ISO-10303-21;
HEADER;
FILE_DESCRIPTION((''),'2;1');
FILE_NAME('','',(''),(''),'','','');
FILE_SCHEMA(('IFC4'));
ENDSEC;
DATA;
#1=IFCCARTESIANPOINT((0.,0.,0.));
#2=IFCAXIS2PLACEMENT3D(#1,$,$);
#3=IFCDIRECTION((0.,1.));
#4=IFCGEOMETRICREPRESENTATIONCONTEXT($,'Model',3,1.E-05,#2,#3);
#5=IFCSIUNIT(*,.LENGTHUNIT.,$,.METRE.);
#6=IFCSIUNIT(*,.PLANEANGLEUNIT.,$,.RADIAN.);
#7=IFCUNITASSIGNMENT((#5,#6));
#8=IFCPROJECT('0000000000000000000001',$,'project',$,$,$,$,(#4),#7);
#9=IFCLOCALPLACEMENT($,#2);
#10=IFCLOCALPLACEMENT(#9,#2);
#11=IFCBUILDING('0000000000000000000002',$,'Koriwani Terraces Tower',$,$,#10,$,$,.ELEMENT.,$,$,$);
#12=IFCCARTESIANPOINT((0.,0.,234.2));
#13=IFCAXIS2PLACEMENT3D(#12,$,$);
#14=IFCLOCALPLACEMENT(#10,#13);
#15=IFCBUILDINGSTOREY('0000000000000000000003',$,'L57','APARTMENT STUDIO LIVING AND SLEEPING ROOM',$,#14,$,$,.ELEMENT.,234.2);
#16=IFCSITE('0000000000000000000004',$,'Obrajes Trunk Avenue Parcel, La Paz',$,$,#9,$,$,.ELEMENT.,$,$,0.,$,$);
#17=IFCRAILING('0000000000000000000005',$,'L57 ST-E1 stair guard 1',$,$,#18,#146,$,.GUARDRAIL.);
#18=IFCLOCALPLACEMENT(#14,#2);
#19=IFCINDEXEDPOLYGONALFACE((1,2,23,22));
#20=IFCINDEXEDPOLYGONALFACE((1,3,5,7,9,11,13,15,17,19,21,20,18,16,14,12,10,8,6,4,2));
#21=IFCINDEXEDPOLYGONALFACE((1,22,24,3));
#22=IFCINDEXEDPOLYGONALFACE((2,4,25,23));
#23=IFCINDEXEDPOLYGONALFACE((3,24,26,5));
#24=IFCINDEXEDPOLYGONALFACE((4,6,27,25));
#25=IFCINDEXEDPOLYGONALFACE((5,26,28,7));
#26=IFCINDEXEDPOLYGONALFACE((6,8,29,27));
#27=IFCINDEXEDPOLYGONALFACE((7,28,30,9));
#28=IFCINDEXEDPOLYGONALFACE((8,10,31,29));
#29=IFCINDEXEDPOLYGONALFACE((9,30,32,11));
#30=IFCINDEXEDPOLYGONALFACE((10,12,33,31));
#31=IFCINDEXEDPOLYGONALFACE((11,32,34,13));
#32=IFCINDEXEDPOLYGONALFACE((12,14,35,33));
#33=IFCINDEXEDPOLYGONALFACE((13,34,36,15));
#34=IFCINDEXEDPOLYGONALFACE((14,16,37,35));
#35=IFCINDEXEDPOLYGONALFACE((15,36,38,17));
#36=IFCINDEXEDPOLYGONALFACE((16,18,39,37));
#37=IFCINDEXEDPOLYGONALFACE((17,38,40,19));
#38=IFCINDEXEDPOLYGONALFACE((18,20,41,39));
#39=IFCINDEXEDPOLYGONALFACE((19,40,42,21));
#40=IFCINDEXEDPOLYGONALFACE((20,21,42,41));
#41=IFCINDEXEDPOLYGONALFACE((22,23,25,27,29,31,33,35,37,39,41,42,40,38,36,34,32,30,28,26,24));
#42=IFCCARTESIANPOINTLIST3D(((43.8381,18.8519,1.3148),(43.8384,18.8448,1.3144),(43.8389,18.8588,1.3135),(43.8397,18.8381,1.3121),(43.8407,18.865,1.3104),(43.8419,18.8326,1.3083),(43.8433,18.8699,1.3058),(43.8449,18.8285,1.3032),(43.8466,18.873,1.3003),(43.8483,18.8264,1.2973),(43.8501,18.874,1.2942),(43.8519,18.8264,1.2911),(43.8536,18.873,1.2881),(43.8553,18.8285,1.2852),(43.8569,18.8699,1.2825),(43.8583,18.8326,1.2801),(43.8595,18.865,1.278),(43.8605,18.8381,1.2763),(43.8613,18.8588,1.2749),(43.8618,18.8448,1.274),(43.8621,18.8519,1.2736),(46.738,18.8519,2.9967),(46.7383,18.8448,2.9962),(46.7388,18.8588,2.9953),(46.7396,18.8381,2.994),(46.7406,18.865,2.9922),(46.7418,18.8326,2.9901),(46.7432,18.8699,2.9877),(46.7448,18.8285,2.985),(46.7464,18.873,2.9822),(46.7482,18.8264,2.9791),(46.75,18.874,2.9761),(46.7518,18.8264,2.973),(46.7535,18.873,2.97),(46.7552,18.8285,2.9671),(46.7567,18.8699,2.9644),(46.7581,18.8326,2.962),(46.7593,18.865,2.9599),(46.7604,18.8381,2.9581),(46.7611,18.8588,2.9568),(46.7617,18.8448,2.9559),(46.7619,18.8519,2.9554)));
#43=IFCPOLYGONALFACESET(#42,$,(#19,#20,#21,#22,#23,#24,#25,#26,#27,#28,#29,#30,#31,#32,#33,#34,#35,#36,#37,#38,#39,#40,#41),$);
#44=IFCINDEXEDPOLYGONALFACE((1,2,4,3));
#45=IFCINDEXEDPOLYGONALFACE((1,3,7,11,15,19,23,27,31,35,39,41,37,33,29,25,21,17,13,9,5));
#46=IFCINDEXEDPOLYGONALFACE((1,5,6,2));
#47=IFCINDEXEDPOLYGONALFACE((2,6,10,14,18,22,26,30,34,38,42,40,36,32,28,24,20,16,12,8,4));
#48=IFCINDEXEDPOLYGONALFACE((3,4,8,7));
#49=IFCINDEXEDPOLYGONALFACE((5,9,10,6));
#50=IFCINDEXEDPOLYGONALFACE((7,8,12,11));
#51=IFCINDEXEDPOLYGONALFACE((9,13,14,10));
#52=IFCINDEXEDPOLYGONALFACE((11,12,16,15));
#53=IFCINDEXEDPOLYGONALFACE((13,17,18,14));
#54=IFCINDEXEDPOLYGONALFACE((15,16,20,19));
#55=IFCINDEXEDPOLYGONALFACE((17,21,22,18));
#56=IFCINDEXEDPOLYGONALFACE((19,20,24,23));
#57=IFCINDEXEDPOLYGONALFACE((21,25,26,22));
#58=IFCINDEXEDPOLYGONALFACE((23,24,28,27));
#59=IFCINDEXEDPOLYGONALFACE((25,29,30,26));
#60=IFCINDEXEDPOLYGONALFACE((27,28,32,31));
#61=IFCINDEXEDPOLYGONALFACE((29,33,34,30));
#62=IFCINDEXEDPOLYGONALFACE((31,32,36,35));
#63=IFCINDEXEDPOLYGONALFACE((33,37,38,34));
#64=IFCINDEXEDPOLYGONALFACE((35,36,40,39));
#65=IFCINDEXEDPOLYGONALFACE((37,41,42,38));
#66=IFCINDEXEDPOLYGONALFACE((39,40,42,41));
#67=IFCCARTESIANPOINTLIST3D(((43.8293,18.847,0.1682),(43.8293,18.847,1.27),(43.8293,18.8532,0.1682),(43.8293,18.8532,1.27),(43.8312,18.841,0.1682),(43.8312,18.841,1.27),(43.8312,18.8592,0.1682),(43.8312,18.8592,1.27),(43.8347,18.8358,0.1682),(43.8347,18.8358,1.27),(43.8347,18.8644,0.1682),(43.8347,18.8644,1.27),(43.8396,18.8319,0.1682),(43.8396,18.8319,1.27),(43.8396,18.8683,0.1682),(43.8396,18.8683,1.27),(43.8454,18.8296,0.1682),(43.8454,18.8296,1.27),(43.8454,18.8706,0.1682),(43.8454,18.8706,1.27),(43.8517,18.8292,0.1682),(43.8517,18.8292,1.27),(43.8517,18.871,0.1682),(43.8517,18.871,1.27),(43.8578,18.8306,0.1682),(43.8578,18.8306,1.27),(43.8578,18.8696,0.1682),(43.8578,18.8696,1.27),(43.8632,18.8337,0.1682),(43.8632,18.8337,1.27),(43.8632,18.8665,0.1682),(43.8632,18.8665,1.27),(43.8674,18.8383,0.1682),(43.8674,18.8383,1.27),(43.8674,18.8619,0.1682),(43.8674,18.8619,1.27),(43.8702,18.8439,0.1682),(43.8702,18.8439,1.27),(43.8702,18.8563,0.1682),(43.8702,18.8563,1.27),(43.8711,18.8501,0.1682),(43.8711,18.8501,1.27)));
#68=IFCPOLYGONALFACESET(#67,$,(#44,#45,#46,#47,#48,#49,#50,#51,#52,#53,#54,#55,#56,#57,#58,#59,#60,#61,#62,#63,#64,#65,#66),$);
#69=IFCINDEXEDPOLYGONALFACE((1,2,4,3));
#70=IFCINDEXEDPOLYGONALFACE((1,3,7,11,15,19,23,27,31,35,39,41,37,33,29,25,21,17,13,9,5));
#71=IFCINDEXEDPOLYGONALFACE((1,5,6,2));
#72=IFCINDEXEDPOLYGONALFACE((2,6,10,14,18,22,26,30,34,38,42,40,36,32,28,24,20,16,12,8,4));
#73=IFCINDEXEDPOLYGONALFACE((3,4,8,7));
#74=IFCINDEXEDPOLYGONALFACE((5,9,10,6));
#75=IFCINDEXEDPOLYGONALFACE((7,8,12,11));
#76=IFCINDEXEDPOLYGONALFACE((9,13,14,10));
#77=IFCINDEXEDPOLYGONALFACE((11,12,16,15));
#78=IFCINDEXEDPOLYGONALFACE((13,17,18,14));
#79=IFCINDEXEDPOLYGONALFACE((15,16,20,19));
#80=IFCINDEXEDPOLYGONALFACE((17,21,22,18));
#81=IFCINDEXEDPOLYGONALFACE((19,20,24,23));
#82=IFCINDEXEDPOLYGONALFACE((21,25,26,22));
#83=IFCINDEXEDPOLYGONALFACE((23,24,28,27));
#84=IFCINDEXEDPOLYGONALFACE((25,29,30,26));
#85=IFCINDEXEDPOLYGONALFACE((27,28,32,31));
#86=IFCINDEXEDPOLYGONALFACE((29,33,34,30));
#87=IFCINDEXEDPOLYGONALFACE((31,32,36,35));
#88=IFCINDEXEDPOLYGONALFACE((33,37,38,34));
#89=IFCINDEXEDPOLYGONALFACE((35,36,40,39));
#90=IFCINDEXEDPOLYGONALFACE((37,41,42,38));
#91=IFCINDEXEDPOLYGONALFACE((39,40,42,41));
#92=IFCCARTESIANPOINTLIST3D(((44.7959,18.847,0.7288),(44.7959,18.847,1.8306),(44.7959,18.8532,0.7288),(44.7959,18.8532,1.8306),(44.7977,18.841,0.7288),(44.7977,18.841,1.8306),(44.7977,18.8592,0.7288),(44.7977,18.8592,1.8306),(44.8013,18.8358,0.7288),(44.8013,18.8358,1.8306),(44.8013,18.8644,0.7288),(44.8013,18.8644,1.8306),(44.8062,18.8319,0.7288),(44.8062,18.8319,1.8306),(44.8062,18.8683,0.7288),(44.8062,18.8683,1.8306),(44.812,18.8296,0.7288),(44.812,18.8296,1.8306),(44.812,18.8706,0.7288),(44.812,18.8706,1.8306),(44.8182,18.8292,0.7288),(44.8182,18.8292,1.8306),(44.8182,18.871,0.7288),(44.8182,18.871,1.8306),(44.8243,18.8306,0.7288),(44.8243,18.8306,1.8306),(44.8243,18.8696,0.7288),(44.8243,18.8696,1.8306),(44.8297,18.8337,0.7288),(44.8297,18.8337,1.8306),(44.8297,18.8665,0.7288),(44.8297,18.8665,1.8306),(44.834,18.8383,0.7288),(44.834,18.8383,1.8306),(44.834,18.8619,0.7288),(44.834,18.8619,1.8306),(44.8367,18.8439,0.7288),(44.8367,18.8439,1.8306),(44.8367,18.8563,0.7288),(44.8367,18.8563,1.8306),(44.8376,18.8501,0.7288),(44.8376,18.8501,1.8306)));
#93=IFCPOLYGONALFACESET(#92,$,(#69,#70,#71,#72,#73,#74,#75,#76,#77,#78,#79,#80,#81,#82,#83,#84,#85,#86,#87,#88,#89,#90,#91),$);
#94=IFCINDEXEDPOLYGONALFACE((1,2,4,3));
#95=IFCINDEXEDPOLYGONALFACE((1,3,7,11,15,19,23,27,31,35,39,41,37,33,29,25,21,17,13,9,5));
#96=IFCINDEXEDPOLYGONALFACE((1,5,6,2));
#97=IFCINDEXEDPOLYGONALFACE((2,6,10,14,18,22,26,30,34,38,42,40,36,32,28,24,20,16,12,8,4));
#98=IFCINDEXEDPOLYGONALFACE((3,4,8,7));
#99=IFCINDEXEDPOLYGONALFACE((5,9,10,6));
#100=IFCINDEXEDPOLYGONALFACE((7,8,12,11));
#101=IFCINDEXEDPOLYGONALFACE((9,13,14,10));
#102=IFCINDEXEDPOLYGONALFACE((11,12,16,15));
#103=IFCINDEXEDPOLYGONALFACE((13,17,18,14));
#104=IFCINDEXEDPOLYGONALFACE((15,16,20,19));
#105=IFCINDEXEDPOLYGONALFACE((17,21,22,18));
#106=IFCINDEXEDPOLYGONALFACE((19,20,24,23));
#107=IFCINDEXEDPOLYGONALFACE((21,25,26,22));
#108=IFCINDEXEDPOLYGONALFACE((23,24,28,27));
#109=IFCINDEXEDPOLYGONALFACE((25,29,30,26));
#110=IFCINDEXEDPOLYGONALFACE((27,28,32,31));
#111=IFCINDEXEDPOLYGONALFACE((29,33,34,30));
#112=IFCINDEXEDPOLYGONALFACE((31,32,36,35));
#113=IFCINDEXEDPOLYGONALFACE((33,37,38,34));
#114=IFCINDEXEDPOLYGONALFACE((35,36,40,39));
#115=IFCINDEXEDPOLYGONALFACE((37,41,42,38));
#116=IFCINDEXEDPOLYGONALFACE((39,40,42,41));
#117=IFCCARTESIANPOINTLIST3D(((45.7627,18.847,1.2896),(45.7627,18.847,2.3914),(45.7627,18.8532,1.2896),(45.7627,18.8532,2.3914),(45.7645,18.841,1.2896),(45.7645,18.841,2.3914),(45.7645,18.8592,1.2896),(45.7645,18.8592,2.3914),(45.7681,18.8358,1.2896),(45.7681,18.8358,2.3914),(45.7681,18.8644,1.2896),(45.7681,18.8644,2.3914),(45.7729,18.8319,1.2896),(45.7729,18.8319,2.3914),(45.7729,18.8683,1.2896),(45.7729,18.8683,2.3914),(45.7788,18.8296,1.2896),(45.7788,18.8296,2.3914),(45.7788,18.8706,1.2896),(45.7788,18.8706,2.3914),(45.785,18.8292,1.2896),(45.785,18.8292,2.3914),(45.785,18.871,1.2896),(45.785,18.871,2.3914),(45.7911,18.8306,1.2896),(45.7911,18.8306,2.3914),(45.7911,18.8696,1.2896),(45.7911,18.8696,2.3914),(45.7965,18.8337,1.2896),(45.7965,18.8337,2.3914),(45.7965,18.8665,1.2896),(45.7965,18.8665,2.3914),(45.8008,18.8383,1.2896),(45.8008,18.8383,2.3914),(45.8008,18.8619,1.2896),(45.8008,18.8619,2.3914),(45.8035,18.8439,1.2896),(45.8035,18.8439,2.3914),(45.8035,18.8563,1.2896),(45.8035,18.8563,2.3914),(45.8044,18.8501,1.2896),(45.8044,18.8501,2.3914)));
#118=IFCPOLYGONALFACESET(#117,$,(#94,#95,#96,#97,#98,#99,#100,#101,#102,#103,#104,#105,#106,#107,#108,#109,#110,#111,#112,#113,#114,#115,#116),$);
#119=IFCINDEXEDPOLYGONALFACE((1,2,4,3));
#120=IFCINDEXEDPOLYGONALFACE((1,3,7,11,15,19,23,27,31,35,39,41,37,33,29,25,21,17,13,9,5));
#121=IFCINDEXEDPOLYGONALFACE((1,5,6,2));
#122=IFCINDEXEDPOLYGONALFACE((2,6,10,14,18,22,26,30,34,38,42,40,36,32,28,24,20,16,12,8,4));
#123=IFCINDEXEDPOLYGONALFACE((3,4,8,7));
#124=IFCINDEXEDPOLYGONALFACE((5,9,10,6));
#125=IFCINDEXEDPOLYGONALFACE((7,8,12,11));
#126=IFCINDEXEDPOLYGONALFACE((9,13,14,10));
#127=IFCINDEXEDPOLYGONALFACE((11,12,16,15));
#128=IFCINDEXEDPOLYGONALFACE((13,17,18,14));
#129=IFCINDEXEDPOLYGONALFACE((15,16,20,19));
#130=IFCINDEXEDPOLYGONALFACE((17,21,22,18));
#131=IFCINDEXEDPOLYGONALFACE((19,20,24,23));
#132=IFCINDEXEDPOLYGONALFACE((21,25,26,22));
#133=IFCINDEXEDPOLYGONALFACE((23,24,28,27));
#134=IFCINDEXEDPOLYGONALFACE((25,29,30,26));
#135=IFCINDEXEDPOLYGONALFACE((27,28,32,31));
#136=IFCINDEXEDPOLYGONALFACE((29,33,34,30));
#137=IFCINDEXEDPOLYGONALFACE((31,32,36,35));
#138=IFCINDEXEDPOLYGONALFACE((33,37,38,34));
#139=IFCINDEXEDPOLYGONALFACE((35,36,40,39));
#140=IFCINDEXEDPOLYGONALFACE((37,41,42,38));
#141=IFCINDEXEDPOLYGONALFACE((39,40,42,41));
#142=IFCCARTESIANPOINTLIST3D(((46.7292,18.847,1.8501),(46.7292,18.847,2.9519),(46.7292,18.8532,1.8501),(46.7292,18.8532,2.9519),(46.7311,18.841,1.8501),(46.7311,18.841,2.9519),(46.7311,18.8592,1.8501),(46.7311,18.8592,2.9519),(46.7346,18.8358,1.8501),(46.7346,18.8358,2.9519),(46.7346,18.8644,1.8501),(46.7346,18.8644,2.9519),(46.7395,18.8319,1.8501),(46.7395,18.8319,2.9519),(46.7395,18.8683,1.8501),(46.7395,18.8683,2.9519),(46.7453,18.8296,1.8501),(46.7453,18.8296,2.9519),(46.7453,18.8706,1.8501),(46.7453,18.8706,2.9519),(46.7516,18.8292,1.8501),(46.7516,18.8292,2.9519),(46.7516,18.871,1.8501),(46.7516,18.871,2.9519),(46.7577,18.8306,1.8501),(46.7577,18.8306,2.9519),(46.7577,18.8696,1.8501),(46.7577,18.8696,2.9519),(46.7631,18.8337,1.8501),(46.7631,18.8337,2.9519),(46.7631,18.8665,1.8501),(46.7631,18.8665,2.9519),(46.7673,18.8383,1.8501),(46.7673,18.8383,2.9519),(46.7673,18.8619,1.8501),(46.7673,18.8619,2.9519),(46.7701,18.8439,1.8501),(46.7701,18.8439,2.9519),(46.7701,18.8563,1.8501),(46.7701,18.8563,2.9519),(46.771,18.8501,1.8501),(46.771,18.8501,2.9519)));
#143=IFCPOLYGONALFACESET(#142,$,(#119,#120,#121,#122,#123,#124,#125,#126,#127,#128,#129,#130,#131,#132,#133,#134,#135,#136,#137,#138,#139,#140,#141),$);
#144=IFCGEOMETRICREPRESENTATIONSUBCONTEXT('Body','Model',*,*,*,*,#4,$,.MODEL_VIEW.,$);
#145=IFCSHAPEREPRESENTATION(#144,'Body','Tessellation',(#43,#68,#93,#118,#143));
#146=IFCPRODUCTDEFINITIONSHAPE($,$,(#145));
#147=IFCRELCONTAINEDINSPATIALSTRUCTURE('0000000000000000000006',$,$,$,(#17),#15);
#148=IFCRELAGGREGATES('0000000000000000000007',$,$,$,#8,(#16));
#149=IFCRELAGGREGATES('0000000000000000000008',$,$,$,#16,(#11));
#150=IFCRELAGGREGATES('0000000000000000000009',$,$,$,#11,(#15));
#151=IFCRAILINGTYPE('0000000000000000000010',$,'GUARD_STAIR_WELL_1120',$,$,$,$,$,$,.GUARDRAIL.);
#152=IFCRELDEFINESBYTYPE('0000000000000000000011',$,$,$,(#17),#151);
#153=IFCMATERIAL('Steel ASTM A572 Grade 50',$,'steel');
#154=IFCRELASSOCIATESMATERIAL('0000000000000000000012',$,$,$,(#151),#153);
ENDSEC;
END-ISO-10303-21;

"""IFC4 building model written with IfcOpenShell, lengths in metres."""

from ifc_helpers import new_model, si_unit, direction, frame, origin, origin_2d, place, context, subcontext, project, spatial, circle, extrude, material, type_object, element, save


model = new_model("IFC4")

# Units and contexts
model_context = context("Model", 3, precision=1e-05, world=origin(), true_north=direction((0.0, 1.0)))
body_context = subcontext(model_context, "Body", "Model", "MODEL_VIEW")
ifc_project = project(units=[si_unit("LENGTHUNIT", "METRE"), si_unit("PLANEANGLEUNIT", "RADIAN")], contexts=[model_context])

# Site, building, storey
site_placement = place(None, origin())
site = spatial("IfcSite", under=ifc_project, at=site_placement, Name="Obrajes Trunk Avenue Parcel, La Paz", CompositionType="ELEMENT", RefElevation=0.0)
building_placement = place(site_placement, origin())
building = spatial("IfcBuilding", under=site, at=building_placement, Name="Koriwani Terraces Tower", CompositionType="ELEMENT")
storey_placement = place(building_placement, frame((0.0, 0.0, 234.2)))
storey = spatial("IfcBuildingStorey", under=building, at=storey_placement, Name="L57", Description="APARTMENT STUDIO LIVING AND SLEEPING ROOM", CompositionType="ELEMENT", Elevation=234.2)

# Shared definitions
ifc_material_1 = material(Name="Steel ASTM A572 Grade 50", Category="steel")

# Railing
railing_type_1 = type_object("IfcRailingType", Name="GUARD_STAIR_WELL_1120", PredefinedType="GUARDRAIL", material=ifc_material_1)
railing_1_placement = place(storey_placement, frame((43.8501, 18.8501, 0.1682)))
element("IfcRailing", 1, at=railing_1_placement, inside=storey, type_object=railing_type_1, Name="L57 ST-E1 stair guard 1", PredefinedType="GUARDRAIL", context=body_context, shape_type="SweptSolid", body=[
    extrude(circle(Radius=0.0239, at=origin_2d()), frame((0.0, 0.0, 1.126), z_axis=(0.865039, 0.0, 0.501705), x_axis=(0.0, 1.0, 0.0)), (0.0, 0.0, 1.0), 3.3523),
    extrude(circle(Radius=0.021, at=origin_2d()), origin(), (0.0, 0.0, 1.0), 1.1018),
    extrude(circle(Radius=0.021, at=origin_2d()), frame((0.9666, 0.0, 0.5605)), (0.0, 0.0, 1.0), 1.1018),
    extrude(circle(Radius=0.021, at=origin_2d()), frame((1.9333, 0.0, 1.1213)), (0.0, 0.0, 1.0), 1.1018),
    extrude(circle(Radius=0.021, at=origin_2d()), frame((2.8999, 0.0, 1.6819)), (0.0, 0.0, 1.0), 1.1018),
])

save(model, "model.ifc")
